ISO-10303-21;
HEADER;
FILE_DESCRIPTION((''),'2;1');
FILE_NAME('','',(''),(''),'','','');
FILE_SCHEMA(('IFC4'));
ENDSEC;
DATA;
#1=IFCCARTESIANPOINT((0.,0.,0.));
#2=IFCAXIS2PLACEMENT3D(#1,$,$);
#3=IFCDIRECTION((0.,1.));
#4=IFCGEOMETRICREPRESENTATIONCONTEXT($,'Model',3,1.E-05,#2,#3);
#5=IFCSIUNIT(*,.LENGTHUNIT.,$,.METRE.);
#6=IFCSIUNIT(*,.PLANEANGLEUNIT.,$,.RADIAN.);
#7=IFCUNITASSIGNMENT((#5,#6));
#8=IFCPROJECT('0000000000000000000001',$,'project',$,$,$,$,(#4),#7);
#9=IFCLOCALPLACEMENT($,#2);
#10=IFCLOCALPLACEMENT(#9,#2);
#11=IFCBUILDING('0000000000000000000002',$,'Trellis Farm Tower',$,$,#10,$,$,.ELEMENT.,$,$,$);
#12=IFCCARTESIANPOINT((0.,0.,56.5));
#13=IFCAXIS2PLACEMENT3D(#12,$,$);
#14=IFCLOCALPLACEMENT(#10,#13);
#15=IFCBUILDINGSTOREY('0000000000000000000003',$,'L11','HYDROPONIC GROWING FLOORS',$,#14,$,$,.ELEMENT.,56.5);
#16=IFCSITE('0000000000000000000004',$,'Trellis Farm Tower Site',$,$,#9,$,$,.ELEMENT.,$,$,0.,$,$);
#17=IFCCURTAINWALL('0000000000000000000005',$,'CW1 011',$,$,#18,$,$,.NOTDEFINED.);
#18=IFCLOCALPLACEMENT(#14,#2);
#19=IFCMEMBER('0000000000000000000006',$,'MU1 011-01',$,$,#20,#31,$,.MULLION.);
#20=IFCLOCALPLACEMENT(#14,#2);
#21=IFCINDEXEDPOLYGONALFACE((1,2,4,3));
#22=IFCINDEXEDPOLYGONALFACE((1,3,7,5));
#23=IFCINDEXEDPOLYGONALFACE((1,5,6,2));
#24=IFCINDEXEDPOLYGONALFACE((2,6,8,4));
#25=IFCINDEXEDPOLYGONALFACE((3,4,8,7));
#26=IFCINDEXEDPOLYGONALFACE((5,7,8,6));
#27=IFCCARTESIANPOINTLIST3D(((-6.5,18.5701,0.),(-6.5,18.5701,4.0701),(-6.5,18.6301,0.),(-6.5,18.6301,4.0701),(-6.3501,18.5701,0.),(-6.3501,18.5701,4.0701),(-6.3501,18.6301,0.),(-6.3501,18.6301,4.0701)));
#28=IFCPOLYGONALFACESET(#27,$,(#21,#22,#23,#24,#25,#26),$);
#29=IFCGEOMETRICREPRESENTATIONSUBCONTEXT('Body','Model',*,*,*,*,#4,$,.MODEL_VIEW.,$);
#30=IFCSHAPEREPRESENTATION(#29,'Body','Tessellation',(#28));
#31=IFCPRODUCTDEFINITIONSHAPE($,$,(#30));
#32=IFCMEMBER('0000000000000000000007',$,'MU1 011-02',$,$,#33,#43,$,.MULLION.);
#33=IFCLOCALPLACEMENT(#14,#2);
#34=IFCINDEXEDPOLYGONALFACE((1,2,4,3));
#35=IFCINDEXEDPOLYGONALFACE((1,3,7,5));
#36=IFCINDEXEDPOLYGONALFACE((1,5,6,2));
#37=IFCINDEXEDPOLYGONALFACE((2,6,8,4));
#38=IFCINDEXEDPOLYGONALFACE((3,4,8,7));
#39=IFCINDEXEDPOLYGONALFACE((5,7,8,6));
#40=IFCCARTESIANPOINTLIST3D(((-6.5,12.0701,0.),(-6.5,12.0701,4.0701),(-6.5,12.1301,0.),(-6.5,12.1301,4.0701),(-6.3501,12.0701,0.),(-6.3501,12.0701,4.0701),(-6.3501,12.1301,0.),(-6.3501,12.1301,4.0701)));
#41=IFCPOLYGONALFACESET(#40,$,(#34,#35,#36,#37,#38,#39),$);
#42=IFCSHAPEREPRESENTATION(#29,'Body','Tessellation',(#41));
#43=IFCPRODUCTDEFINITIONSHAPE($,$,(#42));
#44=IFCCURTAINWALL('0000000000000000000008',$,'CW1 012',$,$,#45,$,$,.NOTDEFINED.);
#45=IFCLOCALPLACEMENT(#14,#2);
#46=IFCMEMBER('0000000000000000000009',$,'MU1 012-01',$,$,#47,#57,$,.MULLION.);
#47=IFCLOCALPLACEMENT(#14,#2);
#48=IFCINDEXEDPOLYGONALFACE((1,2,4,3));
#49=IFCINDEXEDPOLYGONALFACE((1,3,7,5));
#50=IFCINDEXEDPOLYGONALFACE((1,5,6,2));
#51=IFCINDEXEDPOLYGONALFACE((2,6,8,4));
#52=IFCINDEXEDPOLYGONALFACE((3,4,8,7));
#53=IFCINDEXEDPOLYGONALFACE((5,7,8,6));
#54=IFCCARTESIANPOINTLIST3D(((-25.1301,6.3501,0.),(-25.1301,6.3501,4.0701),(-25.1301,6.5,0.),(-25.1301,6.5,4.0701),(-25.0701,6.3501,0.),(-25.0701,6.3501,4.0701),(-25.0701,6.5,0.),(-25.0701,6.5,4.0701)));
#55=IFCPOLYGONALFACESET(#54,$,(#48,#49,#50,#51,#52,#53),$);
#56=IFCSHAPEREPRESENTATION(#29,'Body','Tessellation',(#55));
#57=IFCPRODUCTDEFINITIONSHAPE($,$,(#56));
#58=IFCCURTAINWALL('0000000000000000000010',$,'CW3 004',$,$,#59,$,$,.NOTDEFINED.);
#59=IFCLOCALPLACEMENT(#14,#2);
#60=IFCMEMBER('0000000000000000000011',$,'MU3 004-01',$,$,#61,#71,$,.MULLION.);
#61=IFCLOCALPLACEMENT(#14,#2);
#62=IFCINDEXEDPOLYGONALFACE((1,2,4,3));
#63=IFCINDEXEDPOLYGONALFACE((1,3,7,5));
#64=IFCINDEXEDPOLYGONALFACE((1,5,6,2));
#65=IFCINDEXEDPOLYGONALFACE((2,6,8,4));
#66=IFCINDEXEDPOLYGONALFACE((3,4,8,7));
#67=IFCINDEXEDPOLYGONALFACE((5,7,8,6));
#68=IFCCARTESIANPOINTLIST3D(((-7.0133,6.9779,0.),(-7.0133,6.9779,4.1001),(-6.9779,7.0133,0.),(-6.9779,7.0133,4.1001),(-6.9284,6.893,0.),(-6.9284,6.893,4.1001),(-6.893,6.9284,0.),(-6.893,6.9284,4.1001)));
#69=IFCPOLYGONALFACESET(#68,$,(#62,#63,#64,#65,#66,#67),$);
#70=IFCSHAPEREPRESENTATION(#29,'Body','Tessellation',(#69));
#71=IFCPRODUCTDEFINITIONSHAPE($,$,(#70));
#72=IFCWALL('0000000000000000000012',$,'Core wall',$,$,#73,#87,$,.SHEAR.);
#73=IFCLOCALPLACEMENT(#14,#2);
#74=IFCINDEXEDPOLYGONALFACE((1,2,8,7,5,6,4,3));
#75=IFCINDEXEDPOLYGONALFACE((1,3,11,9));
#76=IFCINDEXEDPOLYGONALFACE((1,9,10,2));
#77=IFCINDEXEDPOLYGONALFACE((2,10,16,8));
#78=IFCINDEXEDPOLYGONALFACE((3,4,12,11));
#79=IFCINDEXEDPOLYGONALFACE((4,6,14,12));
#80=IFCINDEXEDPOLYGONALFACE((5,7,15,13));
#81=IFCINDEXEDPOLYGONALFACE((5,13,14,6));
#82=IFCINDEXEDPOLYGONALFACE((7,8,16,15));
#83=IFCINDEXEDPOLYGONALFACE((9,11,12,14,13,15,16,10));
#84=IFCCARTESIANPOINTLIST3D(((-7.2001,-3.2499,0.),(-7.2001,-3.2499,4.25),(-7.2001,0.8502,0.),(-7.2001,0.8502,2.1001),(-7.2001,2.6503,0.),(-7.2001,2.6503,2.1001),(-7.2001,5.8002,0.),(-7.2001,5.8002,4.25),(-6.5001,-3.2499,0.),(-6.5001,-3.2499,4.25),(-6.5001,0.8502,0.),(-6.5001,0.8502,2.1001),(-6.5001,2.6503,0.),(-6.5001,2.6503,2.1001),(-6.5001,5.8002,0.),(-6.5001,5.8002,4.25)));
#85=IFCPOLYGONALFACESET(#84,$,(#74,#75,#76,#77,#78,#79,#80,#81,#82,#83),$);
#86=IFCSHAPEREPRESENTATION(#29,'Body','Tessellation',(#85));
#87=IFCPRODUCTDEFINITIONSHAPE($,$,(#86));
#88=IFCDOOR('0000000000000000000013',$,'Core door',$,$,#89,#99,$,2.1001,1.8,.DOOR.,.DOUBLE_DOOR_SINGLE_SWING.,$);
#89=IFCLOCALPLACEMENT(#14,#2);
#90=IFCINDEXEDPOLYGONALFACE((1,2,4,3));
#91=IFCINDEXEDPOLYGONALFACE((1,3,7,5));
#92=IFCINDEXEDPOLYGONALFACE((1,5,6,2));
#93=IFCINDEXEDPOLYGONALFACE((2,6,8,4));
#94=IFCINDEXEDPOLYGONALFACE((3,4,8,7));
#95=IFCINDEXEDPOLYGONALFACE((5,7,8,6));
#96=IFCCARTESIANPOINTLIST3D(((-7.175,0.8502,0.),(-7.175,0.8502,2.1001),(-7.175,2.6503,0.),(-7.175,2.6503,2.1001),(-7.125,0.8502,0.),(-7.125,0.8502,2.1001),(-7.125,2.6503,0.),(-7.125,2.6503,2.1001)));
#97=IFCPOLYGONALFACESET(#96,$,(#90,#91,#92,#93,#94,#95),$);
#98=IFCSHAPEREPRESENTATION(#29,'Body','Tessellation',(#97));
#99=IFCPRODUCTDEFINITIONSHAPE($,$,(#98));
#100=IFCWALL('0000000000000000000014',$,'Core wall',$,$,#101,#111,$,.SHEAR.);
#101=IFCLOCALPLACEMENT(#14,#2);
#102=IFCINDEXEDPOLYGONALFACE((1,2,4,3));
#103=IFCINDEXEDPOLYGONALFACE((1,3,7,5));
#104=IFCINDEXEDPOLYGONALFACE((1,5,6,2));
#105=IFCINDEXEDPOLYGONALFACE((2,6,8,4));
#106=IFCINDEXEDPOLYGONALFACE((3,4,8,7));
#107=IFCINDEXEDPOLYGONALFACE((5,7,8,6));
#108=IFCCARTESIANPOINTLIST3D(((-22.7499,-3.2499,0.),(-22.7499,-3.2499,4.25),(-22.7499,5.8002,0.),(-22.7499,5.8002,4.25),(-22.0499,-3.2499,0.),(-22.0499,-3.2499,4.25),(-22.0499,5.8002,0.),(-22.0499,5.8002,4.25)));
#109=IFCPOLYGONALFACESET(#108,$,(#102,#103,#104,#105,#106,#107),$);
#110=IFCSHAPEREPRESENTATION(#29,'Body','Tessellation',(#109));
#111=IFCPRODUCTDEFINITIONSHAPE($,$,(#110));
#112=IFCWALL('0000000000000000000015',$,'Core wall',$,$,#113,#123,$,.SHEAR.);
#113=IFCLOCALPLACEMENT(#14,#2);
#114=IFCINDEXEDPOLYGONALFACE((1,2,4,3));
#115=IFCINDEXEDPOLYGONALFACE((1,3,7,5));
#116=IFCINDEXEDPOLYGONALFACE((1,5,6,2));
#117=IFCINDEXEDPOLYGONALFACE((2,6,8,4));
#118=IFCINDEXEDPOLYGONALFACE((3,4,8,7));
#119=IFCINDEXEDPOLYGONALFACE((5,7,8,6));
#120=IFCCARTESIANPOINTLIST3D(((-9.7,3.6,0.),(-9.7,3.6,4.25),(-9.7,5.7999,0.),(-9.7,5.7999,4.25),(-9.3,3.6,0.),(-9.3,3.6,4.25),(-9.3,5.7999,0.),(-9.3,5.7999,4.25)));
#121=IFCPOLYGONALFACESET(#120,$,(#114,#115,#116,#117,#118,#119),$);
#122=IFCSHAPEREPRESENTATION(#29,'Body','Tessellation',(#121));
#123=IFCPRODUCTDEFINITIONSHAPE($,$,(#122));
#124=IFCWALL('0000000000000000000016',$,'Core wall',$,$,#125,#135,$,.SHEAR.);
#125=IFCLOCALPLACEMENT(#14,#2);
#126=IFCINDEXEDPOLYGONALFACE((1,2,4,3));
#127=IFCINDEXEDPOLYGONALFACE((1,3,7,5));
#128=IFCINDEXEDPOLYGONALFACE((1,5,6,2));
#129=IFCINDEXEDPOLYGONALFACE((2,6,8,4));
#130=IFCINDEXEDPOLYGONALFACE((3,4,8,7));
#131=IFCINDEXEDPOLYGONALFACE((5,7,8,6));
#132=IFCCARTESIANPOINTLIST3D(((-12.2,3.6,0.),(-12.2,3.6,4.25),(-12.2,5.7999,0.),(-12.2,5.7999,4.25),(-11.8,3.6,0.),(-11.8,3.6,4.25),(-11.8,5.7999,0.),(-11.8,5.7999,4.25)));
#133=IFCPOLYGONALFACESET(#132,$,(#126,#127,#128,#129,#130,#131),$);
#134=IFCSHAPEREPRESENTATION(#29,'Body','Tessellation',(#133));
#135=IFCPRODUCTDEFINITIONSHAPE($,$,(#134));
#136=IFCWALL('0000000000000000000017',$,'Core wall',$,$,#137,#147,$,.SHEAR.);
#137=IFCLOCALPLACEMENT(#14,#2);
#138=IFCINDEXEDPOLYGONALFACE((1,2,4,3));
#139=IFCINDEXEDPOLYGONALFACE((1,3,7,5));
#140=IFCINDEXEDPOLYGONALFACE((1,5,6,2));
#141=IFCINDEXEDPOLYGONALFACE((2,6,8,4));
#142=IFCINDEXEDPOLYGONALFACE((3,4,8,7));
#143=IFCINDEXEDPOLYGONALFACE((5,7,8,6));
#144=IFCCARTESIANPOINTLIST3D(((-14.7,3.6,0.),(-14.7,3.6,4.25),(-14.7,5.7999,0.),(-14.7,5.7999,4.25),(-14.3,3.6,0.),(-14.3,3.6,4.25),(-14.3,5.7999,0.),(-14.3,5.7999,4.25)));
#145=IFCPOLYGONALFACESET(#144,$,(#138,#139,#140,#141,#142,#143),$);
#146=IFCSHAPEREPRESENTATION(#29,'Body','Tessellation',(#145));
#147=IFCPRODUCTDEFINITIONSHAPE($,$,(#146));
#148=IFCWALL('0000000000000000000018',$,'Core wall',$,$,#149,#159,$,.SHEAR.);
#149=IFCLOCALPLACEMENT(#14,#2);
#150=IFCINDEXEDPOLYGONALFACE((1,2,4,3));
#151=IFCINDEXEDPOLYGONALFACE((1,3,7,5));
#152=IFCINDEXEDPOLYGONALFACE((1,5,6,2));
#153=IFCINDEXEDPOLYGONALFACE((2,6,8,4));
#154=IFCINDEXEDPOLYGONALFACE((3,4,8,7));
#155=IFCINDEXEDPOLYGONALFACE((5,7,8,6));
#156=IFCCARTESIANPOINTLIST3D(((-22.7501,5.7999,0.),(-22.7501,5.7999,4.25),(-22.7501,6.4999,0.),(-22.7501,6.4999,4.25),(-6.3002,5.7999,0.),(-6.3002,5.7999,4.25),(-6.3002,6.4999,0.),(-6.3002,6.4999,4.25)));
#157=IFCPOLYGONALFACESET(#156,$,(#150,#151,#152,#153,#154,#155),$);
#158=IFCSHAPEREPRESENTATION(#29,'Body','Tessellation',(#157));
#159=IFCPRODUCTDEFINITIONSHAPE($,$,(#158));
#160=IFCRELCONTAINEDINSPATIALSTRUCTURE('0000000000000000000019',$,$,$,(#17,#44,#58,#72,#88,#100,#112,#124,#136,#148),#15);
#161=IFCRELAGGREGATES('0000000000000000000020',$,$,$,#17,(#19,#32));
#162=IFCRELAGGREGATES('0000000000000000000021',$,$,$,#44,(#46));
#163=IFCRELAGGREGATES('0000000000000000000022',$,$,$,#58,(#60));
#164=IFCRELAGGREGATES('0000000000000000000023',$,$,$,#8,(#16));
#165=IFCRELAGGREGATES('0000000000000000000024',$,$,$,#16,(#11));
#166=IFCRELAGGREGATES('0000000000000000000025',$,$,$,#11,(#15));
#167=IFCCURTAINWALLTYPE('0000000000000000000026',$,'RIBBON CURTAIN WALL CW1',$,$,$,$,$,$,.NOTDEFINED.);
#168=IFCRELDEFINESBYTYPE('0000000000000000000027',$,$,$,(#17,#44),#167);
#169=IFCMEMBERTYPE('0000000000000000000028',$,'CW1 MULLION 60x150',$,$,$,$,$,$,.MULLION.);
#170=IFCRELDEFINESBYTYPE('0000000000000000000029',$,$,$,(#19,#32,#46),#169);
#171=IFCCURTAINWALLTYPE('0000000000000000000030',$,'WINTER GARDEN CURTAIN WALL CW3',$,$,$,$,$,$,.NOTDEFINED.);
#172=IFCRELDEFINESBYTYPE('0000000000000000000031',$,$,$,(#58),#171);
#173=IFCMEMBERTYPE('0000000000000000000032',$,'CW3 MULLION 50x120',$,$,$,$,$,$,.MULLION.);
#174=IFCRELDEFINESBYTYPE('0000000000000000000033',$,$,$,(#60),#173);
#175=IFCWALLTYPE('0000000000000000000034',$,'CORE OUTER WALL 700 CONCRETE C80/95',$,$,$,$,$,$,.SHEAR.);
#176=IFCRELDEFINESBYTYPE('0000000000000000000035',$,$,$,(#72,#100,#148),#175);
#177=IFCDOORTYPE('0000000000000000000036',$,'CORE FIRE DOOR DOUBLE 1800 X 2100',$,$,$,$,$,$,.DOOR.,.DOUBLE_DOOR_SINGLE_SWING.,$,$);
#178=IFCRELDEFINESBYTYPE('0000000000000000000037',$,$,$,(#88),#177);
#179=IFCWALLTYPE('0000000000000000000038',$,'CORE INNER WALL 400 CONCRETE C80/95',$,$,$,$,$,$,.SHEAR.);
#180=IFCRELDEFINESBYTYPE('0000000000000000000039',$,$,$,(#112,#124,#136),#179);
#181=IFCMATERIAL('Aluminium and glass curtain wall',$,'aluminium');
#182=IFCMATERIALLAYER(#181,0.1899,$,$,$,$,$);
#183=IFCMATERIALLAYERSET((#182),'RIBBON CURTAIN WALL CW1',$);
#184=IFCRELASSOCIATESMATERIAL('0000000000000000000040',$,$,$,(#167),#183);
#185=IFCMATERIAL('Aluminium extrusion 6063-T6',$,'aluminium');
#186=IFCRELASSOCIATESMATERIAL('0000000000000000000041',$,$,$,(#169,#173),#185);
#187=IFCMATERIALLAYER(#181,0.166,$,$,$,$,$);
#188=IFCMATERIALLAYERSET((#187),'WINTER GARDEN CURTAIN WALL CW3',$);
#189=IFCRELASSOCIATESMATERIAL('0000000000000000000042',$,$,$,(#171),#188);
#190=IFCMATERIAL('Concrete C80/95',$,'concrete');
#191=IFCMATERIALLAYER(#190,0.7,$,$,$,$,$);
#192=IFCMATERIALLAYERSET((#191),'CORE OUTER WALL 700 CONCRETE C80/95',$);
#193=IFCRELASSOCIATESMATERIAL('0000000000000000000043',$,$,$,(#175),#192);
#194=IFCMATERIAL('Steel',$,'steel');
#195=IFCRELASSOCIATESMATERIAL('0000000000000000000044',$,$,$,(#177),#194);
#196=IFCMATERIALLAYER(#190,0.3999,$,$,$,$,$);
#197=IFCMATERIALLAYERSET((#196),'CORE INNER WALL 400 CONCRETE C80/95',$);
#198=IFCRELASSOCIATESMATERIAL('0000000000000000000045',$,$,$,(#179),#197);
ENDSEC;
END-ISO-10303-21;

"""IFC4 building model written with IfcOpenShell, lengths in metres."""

from ifc_helpers import new_model, si_unit, direction, frame, frame_2d, origin, origin_2d, place, context, subcontext, project, spatial, rectangle, extrude, source, transform, mapped, material, layer, layer_set, material_profile, profile_set, type_object, element, fill, aggregate, save


model = new_model("IFC4")

# Units and contexts
model_context = context("Model", 3, precision=1e-05, world=origin(), true_north=direction((0.0, 1.0)))
body_context = subcontext(model_context, "Body", "Model", "MODEL_VIEW")
ifc_project = project(units=[si_unit("LENGTHUNIT", "METRE"), si_unit("PLANEANGLEUNIT", "RADIAN")], contexts=[model_context])

# Site, building, storey
site_placement = place(None, origin())
site = spatial("IfcSite", under=ifc_project, at=site_placement, Name="Trellis Farm Tower Site", CompositionType="ELEMENT", RefElevation=0.0)
building_placement = place(site_placement, origin())
building = spatial("IfcBuilding", under=site, at=building_placement, Name="Trellis Farm Tower", CompositionType="ELEMENT")
storey_placement = place(building_placement, frame((0.0, 0.0, 56.5)))
storey = spatial("IfcBuildingStorey", under=building, at=storey_placement, Name="L11", Description="HYDROPONIC GROWING FLOORS", CompositionType="ELEMENT", Elevation=56.5)

# Shared definitions
ifc_material_1 = material(Name="Concrete C80/95", Category="concrete")

# Shared definitions
ifc_material_2 = material(Name="Aluminium and glass curtain wall", Category="aluminium")
ifc_layer_1 = layer(ifc_material_2, 0.1899)
ifc_layer_set_1 = layer_set([ifc_layer_1], Name="RIBBON CURTAIN WALL CW1")
curtain_wall_type_1 = type_object("IfcCurtainWallType", Name="RIBBON CURTAIN WALL CW1", PredefinedType="NOTDEFINED", material=ifc_layer_set_1)
placement = place(storey_placement, origin())
ifc_material_3 = material(Name="Aluminium extrusion 6063-T6", Category="aluminium")
ifc_material_profile_1 = material_profile(ifc_material_3, rectangle(XDim=0.0601, YDim=0.1499, at=origin_2d()), Name="MULLION 60x150")
ifc_profile_set_1 = profile_set([ifc_material_profile_1], Name="Aluminium extrusion 6063-T6")
member_type_1 = type_object("IfcMemberType", Name="CW1 MULLION 60x150", PredefinedType="MULLION", material=ifc_profile_set_1)
shared_shape_1 = source(origin(), body_context, "Body", "SweptSolid", [
    extrude(rectangle(XDim=0.0601, YDim=0.1499, at=origin_2d()), origin(), (0.0, 0.0, 1.0), 4.0701),
])

# Curtain wall, members
curtain_wall_1 = element("IfcCurtainWall", 1, at=placement, inside=storey, type_object=curtain_wall_type_1, Name="CW1 011", PredefinedType="NOTDEFINED")
member_1_placement = place(storey_placement, frame((-6.425, 18.6001, 0.0), z_axis=(0.0, 0.0, 1.0), x_axis=(0.0, -1.0, 0.0)))
member_1 = element("IfcMember", 2, at=member_1_placement, type_object=member_type_1, Name="MU1 011-01", PredefinedType="MULLION", context=body_context, shape_type="MappedRepresentation", body=[
    mapped(shared_shape_1, transform((0.0, 0.0, 0.0))),
])
member_2_placement = place(storey_placement, frame((-6.425, 12.1001, 0.0), z_axis=(0.0, 0.0, 1.0), x_axis=(0.0, -1.0, 0.0)))
member_2 = element("IfcMember", 3, at=member_2_placement, type_object=member_type_1, Name="MU1 011-02", PredefinedType="MULLION", context=body_context, shape_type="MappedRepresentation", body=[
    mapped(shared_shape_1, transform((0.0, 0.0, 0.0))),
])
aggregate(curtain_wall_1, [member_1, member_2])

# Curtain walls, members
curtain_wall_2 = element("IfcCurtainWall", 4, at=placement, inside=storey, type_object=curtain_wall_type_1, Name="CW1 012", PredefinedType="NOTDEFINED")
member_3_placement = place(storey_placement, frame((-25.1001, 6.425, 0.0), z_axis=(0.0, 0.0, 1.0), x_axis=(-1.0, 0.0, 0.0)))
member_3 = element("IfcMember", 5, at=member_3_placement, type_object=member_type_1, Name="MU1 012-01", PredefinedType="MULLION", context=body_context, shape_type="MappedRepresentation", body=[
    mapped(shared_shape_1, transform((0.0, 0.0, 0.0))),
])
aggregate(curtain_wall_2, [member_3])
ifc_layer_2 = layer(ifc_material_2, 0.166)
ifc_layer_set_2 = layer_set([ifc_layer_2], Name="WINTER GARDEN CURTAIN WALL CW3")
curtain_wall_type_2 = type_object("IfcCurtainWallType", Name="WINTER GARDEN CURTAIN WALL CW3", PredefinedType="NOTDEFINED", material=ifc_layer_set_2)
curtain_wall_3 = element("IfcCurtainWall", 6, at=placement, inside=storey, type_object=curtain_wall_type_2, Name="CW3 004", PredefinedType="NOTDEFINED")
ifc_material_profile_2 = material_profile(ifc_material_3, rectangle(XDim=0.05, YDim=0.1201, at=origin_2d()), Name="MULLION 50x120")
ifc_profile_set_2 = profile_set([ifc_material_profile_2], Name="Aluminium extrusion 6063-T6")
member_type_2 = type_object("IfcMemberType", Name="CW3 MULLION 50x120", PredefinedType="MULLION", material=ifc_profile_set_2)
shared_shape_2 = source(origin(), body_context, "Body", "SweptSolid", [
    extrude(rectangle(XDim=0.05, YDim=0.1201, at=origin_2d()), origin(), (0.0, 0.0, 1.0), 4.1001),
])
member_4_placement = place(storey_placement, frame((-6.9531, 6.9531, 0.0), z_axis=(0.0, 0.0, 1.0), x_axis=(-0.707107, -0.707107, 0.0)))
member_4 = element("IfcMember", 7, at=member_4_placement, type_object=member_type_2, Name="MU3 004-01", PredefinedType="MULLION", context=body_context, shape_type="MappedRepresentation", body=[
    mapped(shared_shape_2, transform((0.0, 0.0, 0.0))),
])
aggregate(curtain_wall_3, [member_4])

# Wall, opening, door
ifc_layer_3 = layer(ifc_material_1, 0.7)
ifc_layer_set_3 = layer_set([ifc_layer_3], Name="CORE OUTER WALL 700 CONCRETE C80/95")
wall_type_1 = type_object("IfcWallType", Name="CORE OUTER WALL 700 CONCRETE C80/95", PredefinedType="SHEAR", material=ifc_layer_set_3)
shared_shape_3 = source(origin(), body_context, "Body", "SweptSolid", [
    extrude(rectangle(XDim=9.05, YDim=0.7, at=frame_2d((4.5249, 0.0))), origin(), (0.0, 0.0, 1.0), 4.25),
])
wall_1_placement = place(storey_placement, frame((-6.8501, 5.8, 0.0), z_axis=(0.0, 0.0, 1.0), x_axis=(0.0, -1.0, 0.0)))
wall_1 = element("IfcWall", 8, at=wall_1_placement, inside=storey, type_object=wall_type_1, Name="Core wall", PredefinedType="SHEAR", context=body_context, shape_type="MappedRepresentation", body=[
    mapped(shared_shape_3, transform((0.0, 0.0, 0.0))),
])
shared_shape_4 = source(origin(), body_context, "Body", "SweptSolid", [
    extrude(rectangle(XDim=1.8, YDim=2.1001, at=frame_2d((0.8999, 1.05))), frame((0.0, 0.3601, 0.0), z_axis=(0.0, -1.0, 0.0), x_axis=(1.0, 0.0, 0.0)), (0.0, 0.0, 1.0), 0.7202),
])
opening_1_placement = place(wall_1_placement, frame((3.1499, 0.0, 0.0)))
opening_1 = element("IfcOpeningElement", 9, at=opening_1_placement, cuts=wall_1, PredefinedType="OPENING", context=body_context, shape_type="MappedRepresentation", body=[
    mapped(shared_shape_4, transform((0.0, 0.0, 0.0))),
])
ifc_material_4 = material(Name="Steel", Category="steel")
door_type_1 = type_object("IfcDoorType", Name="CORE FIRE DOOR DOUBLE 1800 X 2100", OperationType="DOUBLE_DOOR_SINGLE_SWING", PredefinedType="DOOR", material=ifc_material_4)
shared_shape_5 = source(origin(), body_context, "Body", "SweptSolid", [
    extrude(rectangle(XDim=1.8, YDim=2.1001, at=frame_2d((0.8999, 1.05))), frame((0.0, -0.2749, 0.0), z_axis=(0.0, -1.0, 0.0), x_axis=(1.0, 0.0, 0.0)), (0.0, 0.0, 1.0), 0.05),
])
door_1_placement = place(opening_1_placement, origin())
door_1 = element("IfcDoor", 10, at=door_1_placement, inside=storey, type_object=door_type_1, Name="Core door", OperationType="DOUBLE_DOOR_SINGLE_SWING", OverallHeight=2.1001, OverallWidth=1.8, PredefinedType="DOOR", context=body_context, shape_type="MappedRepresentation", body=[
    mapped(shared_shape_5, transform((0.0, 0.0, 0.0))),
])
fill(opening_1, door_1)

# Walls
wall_2_placement = place(storey_placement, frame((-22.3999, 5.8, 0.0), z_axis=(0.0, 0.0, 1.0), x_axis=(0.0, -1.0, 0.0)))
element("IfcWall", 11, at=wall_2_placement, inside=storey, type_object=wall_type_1, Name="Core wall", PredefinedType="SHEAR", context=body_context, shape_type="MappedRepresentation", body=[
    mapped(shared_shape_3, transform((0.0, 0.0, 0.0))),
])
ifc_layer_4 = layer(ifc_material_1, 0.3999)
ifc_layer_set_4 = layer_set([ifc_layer_4], Name="CORE INNER WALL 400 CONCRETE C80/95")
wall_type_2 = type_object("IfcWallType", Name="CORE INNER WALL 400 CONCRETE C80/95", PredefinedType="SHEAR", material=ifc_layer_set_4)
shared_shape_6 = source(origin(), body_context, "Body", "SweptSolid", [
    extrude(rectangle(XDim=2.2, YDim=0.3999, at=frame_2d((1.1001, 0.0))), origin(), (0.0, 0.0, 1.0), 4.25),
])
for number, where, z_axis, x_axis, name in (
    (12, (-9.5, 5.8, 0.0), (0.0, 0.0, 1.0), (0.0, -1.0, 0.0), "Core wall"),
    (13, (-12.0, 5.8, 0.0), (0.0, 0.0, 1.0), (0.0, -1.0, 0.0), "Core wall"),
    (14, (-14.5, 5.8, 0.0), (0.0, 0.0, 1.0), (0.0, -1.0, 0.0), "Core wall"),
):
    element("IfcWall", number, at=place(storey_placement, frame(where, z_axis=z_axis, x_axis=x_axis)), inside=storey, type_object=wall_type_2, Name=name, PredefinedType="SHEAR", context=body_context, shape_type="MappedRepresentation", body=[
        mapped(shared_shape_6, transform((0.0, 0.0, 0.0))),
    ])
shared_shape_7 = source(origin(), body_context, "Body", "SweptSolid", [
    extrude(rectangle(XDim=16.45, YDim=0.7, at=frame_2d((8.2251, 0.0))), origin(), (0.0, 0.0, 1.0), 4.25),
])
wall_3_placement = place(storey_placement, frame((-6.3, 6.1499, 0.0), z_axis=(0.0, 0.0, 1.0), x_axis=(-1.0, 0.0, 0.0)))
element("IfcWall", 15, at=wall_3_placement, inside=storey, type_object=wall_type_1, Name="Core wall", PredefinedType="SHEAR", context=body_context, shape_type="MappedRepresentation", body=[
    mapped(shared_shape_7, transform((0.0, 0.0, 0.0))),
])

save(model, "model.ifc")
